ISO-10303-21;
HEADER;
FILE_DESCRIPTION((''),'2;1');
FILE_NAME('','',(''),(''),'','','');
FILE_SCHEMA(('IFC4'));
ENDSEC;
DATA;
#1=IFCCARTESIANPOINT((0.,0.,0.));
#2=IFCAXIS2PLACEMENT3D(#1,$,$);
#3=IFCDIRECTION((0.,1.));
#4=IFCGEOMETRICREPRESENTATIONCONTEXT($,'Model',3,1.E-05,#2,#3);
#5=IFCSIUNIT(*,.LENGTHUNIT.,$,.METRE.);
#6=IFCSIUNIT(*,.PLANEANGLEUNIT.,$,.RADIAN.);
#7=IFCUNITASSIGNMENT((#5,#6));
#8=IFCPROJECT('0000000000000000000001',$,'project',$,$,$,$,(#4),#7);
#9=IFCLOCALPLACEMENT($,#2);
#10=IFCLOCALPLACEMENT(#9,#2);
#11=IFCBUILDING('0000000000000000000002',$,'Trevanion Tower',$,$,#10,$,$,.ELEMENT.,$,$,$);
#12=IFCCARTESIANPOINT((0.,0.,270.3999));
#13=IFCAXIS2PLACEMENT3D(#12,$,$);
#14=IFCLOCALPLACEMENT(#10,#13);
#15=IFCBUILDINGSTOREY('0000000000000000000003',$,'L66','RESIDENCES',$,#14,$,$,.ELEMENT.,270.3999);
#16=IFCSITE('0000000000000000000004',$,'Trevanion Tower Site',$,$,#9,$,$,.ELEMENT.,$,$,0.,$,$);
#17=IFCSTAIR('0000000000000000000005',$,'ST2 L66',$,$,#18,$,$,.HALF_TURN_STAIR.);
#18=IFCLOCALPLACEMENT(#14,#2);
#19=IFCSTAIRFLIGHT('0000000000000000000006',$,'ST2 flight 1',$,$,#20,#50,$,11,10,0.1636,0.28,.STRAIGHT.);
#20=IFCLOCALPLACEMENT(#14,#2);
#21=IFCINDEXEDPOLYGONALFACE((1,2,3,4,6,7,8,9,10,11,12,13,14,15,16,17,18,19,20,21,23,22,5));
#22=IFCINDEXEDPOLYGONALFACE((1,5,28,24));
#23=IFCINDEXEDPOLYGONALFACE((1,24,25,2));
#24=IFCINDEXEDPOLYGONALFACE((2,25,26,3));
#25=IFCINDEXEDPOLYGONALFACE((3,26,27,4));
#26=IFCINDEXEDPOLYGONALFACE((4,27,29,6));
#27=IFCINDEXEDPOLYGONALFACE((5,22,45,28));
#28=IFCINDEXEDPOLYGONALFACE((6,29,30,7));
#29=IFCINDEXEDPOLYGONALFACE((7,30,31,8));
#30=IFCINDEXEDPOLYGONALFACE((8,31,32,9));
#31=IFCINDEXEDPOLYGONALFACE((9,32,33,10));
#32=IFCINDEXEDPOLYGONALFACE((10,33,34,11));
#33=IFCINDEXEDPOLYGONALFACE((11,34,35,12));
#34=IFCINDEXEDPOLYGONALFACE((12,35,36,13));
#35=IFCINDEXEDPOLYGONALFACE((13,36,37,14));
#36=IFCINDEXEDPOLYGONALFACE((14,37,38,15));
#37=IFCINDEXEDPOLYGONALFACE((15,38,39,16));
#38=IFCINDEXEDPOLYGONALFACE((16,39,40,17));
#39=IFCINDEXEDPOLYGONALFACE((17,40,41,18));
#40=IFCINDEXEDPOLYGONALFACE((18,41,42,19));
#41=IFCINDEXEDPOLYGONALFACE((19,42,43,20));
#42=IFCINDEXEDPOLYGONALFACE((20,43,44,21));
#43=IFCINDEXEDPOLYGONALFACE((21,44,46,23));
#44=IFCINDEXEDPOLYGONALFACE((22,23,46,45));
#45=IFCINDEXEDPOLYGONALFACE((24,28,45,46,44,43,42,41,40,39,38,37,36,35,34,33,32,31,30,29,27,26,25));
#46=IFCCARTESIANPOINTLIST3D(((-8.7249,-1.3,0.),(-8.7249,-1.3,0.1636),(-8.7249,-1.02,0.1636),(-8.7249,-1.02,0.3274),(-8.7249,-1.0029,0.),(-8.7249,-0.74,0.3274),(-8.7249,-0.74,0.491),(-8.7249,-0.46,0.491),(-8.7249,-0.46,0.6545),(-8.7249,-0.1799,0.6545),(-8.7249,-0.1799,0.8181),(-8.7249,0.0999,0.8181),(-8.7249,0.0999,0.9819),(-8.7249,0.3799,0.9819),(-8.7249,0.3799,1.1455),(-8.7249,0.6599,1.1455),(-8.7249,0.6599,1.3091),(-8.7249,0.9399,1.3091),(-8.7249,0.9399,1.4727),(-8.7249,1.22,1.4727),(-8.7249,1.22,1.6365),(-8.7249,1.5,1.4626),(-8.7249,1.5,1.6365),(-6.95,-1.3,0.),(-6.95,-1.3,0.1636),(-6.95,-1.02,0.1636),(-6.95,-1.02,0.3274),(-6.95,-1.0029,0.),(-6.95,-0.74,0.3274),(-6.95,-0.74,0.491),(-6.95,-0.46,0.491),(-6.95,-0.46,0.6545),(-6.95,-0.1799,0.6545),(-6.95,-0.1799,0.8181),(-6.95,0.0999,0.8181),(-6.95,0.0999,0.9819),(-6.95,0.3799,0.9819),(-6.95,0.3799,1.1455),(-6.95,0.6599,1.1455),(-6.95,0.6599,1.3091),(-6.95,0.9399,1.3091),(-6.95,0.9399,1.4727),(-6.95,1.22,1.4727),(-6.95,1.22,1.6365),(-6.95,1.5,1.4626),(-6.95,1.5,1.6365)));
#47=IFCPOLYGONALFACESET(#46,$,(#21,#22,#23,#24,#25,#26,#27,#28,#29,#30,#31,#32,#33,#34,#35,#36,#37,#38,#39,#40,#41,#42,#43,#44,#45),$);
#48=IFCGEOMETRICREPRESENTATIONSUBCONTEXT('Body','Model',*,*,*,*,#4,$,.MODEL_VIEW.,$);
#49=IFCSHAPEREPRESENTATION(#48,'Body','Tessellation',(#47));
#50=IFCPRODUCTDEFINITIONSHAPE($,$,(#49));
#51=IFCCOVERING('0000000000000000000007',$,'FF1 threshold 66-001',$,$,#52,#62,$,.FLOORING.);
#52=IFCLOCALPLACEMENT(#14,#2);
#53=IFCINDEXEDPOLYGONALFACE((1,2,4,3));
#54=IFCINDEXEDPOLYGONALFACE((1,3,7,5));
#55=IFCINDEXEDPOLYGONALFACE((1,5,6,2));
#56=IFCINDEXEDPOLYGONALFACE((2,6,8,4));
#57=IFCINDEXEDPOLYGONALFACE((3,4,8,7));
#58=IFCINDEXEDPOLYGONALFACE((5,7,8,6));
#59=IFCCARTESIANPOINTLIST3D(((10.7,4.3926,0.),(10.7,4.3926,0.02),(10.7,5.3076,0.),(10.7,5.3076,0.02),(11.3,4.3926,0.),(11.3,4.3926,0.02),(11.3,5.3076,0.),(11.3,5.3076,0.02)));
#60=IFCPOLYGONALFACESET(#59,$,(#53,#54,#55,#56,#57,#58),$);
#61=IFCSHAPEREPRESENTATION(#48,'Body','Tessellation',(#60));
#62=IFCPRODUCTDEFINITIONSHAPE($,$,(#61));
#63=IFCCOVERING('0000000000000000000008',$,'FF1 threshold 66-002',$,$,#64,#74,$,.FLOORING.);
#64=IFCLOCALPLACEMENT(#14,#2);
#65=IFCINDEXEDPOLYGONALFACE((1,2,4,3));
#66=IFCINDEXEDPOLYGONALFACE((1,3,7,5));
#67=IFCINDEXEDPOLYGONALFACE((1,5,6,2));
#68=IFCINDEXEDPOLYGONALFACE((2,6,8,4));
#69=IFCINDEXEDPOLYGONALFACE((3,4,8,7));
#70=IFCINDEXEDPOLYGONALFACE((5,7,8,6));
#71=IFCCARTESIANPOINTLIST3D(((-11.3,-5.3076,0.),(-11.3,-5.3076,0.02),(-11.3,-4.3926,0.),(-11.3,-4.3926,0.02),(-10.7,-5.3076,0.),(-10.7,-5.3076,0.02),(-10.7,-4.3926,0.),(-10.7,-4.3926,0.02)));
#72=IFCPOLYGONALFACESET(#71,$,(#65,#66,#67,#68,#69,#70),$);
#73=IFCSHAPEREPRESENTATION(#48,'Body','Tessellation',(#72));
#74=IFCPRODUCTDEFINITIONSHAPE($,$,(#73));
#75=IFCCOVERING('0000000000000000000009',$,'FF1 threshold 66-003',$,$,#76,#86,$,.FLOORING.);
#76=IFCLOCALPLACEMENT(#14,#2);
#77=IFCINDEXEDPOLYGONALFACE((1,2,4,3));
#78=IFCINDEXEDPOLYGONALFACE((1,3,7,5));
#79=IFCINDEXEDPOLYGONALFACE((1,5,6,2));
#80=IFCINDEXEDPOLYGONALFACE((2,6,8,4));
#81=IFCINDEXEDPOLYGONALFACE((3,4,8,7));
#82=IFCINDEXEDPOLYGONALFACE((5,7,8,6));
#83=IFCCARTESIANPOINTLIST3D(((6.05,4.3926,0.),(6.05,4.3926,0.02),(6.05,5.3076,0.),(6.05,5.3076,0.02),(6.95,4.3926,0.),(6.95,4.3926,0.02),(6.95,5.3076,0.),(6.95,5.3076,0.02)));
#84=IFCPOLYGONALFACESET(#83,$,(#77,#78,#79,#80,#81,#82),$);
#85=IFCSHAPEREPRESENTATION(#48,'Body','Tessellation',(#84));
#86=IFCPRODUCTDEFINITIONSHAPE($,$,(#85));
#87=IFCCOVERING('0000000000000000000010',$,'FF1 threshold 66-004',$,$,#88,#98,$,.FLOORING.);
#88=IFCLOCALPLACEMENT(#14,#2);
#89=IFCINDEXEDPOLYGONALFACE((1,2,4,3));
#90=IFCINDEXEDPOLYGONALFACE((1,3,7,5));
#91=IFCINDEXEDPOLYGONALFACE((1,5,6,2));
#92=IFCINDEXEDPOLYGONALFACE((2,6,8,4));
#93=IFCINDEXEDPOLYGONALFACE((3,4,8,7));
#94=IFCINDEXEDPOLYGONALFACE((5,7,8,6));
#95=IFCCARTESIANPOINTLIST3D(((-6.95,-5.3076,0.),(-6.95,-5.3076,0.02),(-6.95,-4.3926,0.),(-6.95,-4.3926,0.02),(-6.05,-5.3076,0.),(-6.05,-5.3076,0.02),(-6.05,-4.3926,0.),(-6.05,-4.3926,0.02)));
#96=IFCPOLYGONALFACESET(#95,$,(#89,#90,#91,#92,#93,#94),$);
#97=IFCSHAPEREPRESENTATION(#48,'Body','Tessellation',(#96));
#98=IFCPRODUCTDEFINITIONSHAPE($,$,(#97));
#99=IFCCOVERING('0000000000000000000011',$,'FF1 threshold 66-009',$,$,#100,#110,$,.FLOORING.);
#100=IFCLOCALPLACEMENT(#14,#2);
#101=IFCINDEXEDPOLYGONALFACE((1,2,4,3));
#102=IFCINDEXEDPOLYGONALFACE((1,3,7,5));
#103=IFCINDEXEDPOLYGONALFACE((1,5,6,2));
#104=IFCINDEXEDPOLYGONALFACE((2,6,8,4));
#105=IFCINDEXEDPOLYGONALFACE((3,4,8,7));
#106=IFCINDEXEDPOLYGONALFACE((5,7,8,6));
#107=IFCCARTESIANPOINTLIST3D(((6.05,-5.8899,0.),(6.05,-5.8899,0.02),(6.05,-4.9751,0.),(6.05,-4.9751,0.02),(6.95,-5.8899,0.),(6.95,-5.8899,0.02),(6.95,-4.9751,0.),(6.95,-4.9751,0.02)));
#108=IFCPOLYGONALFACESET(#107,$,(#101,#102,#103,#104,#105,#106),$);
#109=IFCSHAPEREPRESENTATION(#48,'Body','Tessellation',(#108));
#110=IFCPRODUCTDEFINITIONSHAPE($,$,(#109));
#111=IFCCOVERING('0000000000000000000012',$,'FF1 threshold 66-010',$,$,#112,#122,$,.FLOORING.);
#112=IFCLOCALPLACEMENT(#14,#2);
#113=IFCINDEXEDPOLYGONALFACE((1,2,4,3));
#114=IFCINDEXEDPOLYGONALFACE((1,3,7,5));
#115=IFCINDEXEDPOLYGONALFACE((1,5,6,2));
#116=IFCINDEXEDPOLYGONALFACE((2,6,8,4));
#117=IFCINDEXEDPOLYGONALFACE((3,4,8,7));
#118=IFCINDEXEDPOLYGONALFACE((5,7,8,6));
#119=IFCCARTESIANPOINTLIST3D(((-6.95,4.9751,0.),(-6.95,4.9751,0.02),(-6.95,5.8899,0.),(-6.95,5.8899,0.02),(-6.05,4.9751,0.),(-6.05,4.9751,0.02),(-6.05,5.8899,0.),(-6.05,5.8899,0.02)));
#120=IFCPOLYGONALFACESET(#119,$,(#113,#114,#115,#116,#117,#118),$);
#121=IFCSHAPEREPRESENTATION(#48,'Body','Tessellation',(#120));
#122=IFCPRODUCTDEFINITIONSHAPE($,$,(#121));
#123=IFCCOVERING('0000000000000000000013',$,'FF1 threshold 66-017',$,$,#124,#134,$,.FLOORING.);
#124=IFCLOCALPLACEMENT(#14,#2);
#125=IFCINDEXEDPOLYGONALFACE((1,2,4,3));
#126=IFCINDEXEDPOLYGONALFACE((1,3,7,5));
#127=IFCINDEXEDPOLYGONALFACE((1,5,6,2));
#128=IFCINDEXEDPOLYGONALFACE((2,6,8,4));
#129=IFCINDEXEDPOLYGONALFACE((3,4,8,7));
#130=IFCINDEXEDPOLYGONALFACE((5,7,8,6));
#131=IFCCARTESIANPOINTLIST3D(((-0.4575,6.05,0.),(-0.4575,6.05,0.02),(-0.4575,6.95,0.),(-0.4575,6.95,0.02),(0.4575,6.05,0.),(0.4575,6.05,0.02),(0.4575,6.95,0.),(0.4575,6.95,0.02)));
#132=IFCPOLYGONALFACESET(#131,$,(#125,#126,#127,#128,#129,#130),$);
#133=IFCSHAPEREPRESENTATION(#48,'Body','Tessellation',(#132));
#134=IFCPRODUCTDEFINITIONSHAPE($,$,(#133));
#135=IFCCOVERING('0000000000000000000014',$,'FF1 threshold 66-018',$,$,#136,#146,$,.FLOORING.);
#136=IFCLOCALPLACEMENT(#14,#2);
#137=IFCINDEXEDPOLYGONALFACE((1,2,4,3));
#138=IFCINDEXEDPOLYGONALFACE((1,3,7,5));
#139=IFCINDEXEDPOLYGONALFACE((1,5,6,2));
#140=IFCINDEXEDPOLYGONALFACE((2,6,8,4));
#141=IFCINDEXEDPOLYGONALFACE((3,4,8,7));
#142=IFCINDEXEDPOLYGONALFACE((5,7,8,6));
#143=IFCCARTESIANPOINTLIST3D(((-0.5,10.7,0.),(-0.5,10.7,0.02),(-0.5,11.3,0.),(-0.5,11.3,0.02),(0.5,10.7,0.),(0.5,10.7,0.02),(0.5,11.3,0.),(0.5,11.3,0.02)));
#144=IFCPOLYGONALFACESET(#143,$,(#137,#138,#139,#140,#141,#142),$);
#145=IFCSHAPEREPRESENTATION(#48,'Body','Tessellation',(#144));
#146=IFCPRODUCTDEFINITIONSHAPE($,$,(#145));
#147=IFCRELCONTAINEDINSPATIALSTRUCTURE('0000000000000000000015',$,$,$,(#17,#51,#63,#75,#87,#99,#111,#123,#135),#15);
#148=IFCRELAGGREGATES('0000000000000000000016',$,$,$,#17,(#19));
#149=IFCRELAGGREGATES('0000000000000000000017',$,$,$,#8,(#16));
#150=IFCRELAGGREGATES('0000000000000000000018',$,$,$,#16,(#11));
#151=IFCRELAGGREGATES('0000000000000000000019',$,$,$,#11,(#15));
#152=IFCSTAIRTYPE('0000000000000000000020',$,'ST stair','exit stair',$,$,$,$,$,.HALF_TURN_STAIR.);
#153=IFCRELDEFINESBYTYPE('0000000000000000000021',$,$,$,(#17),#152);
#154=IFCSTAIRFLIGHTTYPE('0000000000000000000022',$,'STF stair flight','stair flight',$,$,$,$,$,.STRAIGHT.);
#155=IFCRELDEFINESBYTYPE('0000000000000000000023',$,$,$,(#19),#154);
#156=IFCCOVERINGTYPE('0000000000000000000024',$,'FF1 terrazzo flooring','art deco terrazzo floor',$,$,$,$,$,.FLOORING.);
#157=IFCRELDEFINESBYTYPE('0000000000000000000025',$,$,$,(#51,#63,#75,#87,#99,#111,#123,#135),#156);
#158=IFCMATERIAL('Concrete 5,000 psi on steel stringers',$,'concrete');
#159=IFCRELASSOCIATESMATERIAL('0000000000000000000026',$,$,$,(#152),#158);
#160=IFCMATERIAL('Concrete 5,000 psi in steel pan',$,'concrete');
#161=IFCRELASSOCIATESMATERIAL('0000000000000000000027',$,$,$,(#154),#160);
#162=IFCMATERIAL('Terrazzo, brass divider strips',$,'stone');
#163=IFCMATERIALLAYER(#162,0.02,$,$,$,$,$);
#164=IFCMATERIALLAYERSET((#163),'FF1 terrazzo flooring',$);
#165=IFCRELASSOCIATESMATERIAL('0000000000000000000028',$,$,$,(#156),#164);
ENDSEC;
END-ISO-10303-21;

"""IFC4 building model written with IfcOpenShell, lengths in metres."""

from ifc_helpers import new_model, si_unit, direction, frame, origin, place, context, subcontext, project, spatial, polyline, outline, extrude, material, layer, layer_set, type_object, element, aggregate, save


model = new_model("IFC4")

# Units and contexts
model_context = context("Model", 3, precision=1e-05, world=origin(), true_north=direction((0.0, 1.0)))
body_context = subcontext(model_context, "Body", "Model", "MODEL_VIEW")
ifc_project = project(units=[si_unit("LENGTHUNIT", "METRE"), si_unit("PLANEANGLEUNIT", "RADIAN")], contexts=[model_context])

# Site, building, storey
site_placement = place(None, origin())
site = spatial("IfcSite", under=ifc_project, at=site_placement, Name="Trevanion Tower Site", CompositionType="ELEMENT", RefElevation=0.0)
building_placement = place(site_placement, origin())
building = spatial("IfcBuilding", under=site, at=building_placement, Name="Trevanion Tower", CompositionType="ELEMENT")
storey_placement = place(building_placement, frame((0.0, 0.0, 270.3999)))
storey = spatial("IfcBuildingStorey", under=building, at=storey_placement, Name="L66", Description="RESIDENCES", CompositionType="ELEMENT", Elevation=270.3999)

# Stair, stair flight
ifc_material_1 = material(Name="Concrete 5,000 psi on steel stringers", Category="concrete")
stair_type = type_object("IfcStairType", Name="ST stair", Description="exit stair", PredefinedType="HALF_TURN_STAIR", material=ifc_material_1)
stair_placement = place(storey_placement, origin())
stair = element("IfcStair", 1, at=stair_placement, inside=storey, type_object=stair_type, Name="ST2 L66", PredefinedType="HALF_TURN_STAIR")
ifc_material_2 = material(Name="Concrete 5,000 psi in steel pan", Category="concrete")
stair_flight_type = type_object("IfcStairFlightType", Name="STF stair flight", Description="stair flight", PredefinedType="STRAIGHT", material=ifc_material_2)
stair_flight_placement = place(storey_placement, frame((-7.8374, -1.3, 0.0), z_axis=(0.0, 0.0, 1.0), x_axis=(0.0, 1.0, 0.0)))
stair_flight = element("IfcStairFlight", 2, at=stair_flight_placement, type_object=stair_flight_type, Name="ST2 flight 1", NumberOfRisers=11, NumberOfTreads=10, PredefinedType="STRAIGHT", RiserHeight=0.1636, TreadLength=0.28, context=body_context, shape_type="SweptSolid", body=[
    extrude(outline(polyline([(0.0, 0.0), (0.0, 0.1636), (0.28, 0.1636), (0.28, 0.3274), (0.5601, 0.3274), (0.5601, 0.491), (0.8401, 0.491), (0.8401, 0.6545), (1.1201, 0.6545), (1.1201, 0.8181), (1.3999, 0.8181), (1.3999, 0.9819), (1.6799, 0.9819), (1.6799, 1.1455), (1.96, 1.1455), (1.96, 1.3091), (2.24, 1.3091), (2.24, 1.4727), (2.52, 1.4727), (2.52, 1.6365), (2.8, 1.6365), (2.8, 1.8), (2.8, 1.4626), (0.2971, 0.0), (0.0, 0.0)])), frame((0.0, 0.8875, 0.0), z_axis=(0.0, -1.0, 0.0), x_axis=(1.0, 0.0, 0.0)), (0.0, 0.0, 1.0), 1.7749),
])
aggregate(stair, [stair_flight])

# Coverings
ifc_material_3 = material(Name="Terrazzo, brass divider strips", Category="stone")
ifc_layer_1 = layer(ifc_material_3, 0.02)
ifc_layer_set_1 = layer_set([ifc_layer_1], Name="FF1 terrazzo flooring")
covering_type = type_object("IfcCoveringType", Name="FF1 terrazzo flooring", Description="art deco terrazzo floor", PredefinedType="FLOORING", material=ifc_layer_set_1)
covering_1_placement = place(storey_placement, origin())
element("IfcCovering", 3, at=covering_1_placement, inside=storey, type_object=covering_type, Name="FF1 threshold 66-001", PredefinedType="FLOORING", context=body_context, shape_type="SweptSolid", body=[
    extrude(outline(polyline([(11.3, 4.3926), (11.3, 5.3076), (10.7, 5.3076), (10.7, 4.3926), (11.3, 4.3926)])), origin(), (0.0, 0.0, 1.0), 0.02),
])
covering_2_placement = place(storey_placement, origin())
element("IfcCovering", 4, at=covering_2_placement, inside=storey, type_object=covering_type, Name="FF1 threshold 66-002", PredefinedType="FLOORING", context=body_context, shape_type="SweptSolid", body=[
    extrude(outline(polyline([(-11.3, -4.3926), (-11.3, -5.3076), (-10.7, -5.3076), (-10.7, -4.3926), (-11.3, -4.3926)])), origin(), (0.0, 0.0, 1.0), 0.02),
])
covering_3_placement = place(storey_placement, origin())
element("IfcCovering", 5, at=covering_3_placement, inside=storey, type_object=covering_type, Name="FF1 threshold 66-003", PredefinedType="FLOORING", context=body_context, shape_type="SweptSolid", body=[
    extrude(outline(polyline([(6.95, 4.3926), (6.95, 5.3076), (6.05, 5.3076), (6.05, 4.3926), (6.95, 4.3926)])), origin(), (0.0, 0.0, 1.0), 0.02),
])
covering_4_placement = place(storey_placement, origin())
element("IfcCovering", 6, at=covering_4_placement, inside=storey, type_object=covering_type, Name="FF1 threshold 66-004", PredefinedType="FLOORING", context=body_context, shape_type="SweptSolid", body=[
    extrude(outline(polyline([(-6.95, -4.3926), (-6.95, -5.3076), (-6.05, -5.3076), (-6.05, -4.3926), (-6.95, -4.3926)])), origin(), (0.0, 0.0, 1.0), 0.02),
])
covering_5_placement = place(storey_placement, origin())
element("IfcCovering", 7, at=covering_5_placement, inside=storey, type_object=covering_type, Name="FF1 threshold 66-009", PredefinedType="FLOORING", context=body_context, shape_type="SweptSolid", body=[
    extrude(outline(polyline([(6.95, -5.8899), (6.95, -4.9751), (6.05, -4.9751), (6.05, -5.8899), (6.95, -5.8899)])), origin(), (0.0, 0.0, 1.0), 0.02),
])
covering_6_placement = place(storey_placement, origin())
element("IfcCovering", 8, at=covering_6_placement, inside=storey, type_object=covering_type, Name="FF1 threshold 66-010", PredefinedType="FLOORING", context=body_context, shape_type="SweptSolid", body=[
    extrude(outline(polyline([(-6.95, 5.8899), (-6.95, 4.9751), (-6.05, 4.9751), (-6.05, 5.8899), (-6.95, 5.8899)])), origin(), (0.0, 0.0, 1.0), 0.02),
])
covering_7_placement = place(storey_placement, origin())
element("IfcCovering", 9, at=covering_7_placement, inside=storey, type_object=covering_type, Name="FF1 threshold 66-017", PredefinedType="FLOORING", context=body_context, shape_type="SweptSolid", body=[
    extrude(outline(polyline([(0.4575, 6.95), (-0.4575, 6.95), (-0.4575, 6.05), (0.4575, 6.05), (0.4575, 6.95)])), origin(), (0.0, 0.0, 1.0), 0.02),
])
covering_8_placement = place(storey_placement, origin())
element("IfcCovering", 10, at=covering_8_placement, inside=storey, type_object=covering_type, Name="FF1 threshold 66-018", PredefinedType="FLOORING", context=body_context, shape_type="SweptSolid", body=[
    extrude(outline(polyline([(0.5, 11.3), (-0.5, 11.3), (-0.5, 10.7), (0.5, 10.7), (0.5, 11.3)])), origin(), (0.0, 0.0, 1.0), 0.02),
])

save(model, "model.ifc")
